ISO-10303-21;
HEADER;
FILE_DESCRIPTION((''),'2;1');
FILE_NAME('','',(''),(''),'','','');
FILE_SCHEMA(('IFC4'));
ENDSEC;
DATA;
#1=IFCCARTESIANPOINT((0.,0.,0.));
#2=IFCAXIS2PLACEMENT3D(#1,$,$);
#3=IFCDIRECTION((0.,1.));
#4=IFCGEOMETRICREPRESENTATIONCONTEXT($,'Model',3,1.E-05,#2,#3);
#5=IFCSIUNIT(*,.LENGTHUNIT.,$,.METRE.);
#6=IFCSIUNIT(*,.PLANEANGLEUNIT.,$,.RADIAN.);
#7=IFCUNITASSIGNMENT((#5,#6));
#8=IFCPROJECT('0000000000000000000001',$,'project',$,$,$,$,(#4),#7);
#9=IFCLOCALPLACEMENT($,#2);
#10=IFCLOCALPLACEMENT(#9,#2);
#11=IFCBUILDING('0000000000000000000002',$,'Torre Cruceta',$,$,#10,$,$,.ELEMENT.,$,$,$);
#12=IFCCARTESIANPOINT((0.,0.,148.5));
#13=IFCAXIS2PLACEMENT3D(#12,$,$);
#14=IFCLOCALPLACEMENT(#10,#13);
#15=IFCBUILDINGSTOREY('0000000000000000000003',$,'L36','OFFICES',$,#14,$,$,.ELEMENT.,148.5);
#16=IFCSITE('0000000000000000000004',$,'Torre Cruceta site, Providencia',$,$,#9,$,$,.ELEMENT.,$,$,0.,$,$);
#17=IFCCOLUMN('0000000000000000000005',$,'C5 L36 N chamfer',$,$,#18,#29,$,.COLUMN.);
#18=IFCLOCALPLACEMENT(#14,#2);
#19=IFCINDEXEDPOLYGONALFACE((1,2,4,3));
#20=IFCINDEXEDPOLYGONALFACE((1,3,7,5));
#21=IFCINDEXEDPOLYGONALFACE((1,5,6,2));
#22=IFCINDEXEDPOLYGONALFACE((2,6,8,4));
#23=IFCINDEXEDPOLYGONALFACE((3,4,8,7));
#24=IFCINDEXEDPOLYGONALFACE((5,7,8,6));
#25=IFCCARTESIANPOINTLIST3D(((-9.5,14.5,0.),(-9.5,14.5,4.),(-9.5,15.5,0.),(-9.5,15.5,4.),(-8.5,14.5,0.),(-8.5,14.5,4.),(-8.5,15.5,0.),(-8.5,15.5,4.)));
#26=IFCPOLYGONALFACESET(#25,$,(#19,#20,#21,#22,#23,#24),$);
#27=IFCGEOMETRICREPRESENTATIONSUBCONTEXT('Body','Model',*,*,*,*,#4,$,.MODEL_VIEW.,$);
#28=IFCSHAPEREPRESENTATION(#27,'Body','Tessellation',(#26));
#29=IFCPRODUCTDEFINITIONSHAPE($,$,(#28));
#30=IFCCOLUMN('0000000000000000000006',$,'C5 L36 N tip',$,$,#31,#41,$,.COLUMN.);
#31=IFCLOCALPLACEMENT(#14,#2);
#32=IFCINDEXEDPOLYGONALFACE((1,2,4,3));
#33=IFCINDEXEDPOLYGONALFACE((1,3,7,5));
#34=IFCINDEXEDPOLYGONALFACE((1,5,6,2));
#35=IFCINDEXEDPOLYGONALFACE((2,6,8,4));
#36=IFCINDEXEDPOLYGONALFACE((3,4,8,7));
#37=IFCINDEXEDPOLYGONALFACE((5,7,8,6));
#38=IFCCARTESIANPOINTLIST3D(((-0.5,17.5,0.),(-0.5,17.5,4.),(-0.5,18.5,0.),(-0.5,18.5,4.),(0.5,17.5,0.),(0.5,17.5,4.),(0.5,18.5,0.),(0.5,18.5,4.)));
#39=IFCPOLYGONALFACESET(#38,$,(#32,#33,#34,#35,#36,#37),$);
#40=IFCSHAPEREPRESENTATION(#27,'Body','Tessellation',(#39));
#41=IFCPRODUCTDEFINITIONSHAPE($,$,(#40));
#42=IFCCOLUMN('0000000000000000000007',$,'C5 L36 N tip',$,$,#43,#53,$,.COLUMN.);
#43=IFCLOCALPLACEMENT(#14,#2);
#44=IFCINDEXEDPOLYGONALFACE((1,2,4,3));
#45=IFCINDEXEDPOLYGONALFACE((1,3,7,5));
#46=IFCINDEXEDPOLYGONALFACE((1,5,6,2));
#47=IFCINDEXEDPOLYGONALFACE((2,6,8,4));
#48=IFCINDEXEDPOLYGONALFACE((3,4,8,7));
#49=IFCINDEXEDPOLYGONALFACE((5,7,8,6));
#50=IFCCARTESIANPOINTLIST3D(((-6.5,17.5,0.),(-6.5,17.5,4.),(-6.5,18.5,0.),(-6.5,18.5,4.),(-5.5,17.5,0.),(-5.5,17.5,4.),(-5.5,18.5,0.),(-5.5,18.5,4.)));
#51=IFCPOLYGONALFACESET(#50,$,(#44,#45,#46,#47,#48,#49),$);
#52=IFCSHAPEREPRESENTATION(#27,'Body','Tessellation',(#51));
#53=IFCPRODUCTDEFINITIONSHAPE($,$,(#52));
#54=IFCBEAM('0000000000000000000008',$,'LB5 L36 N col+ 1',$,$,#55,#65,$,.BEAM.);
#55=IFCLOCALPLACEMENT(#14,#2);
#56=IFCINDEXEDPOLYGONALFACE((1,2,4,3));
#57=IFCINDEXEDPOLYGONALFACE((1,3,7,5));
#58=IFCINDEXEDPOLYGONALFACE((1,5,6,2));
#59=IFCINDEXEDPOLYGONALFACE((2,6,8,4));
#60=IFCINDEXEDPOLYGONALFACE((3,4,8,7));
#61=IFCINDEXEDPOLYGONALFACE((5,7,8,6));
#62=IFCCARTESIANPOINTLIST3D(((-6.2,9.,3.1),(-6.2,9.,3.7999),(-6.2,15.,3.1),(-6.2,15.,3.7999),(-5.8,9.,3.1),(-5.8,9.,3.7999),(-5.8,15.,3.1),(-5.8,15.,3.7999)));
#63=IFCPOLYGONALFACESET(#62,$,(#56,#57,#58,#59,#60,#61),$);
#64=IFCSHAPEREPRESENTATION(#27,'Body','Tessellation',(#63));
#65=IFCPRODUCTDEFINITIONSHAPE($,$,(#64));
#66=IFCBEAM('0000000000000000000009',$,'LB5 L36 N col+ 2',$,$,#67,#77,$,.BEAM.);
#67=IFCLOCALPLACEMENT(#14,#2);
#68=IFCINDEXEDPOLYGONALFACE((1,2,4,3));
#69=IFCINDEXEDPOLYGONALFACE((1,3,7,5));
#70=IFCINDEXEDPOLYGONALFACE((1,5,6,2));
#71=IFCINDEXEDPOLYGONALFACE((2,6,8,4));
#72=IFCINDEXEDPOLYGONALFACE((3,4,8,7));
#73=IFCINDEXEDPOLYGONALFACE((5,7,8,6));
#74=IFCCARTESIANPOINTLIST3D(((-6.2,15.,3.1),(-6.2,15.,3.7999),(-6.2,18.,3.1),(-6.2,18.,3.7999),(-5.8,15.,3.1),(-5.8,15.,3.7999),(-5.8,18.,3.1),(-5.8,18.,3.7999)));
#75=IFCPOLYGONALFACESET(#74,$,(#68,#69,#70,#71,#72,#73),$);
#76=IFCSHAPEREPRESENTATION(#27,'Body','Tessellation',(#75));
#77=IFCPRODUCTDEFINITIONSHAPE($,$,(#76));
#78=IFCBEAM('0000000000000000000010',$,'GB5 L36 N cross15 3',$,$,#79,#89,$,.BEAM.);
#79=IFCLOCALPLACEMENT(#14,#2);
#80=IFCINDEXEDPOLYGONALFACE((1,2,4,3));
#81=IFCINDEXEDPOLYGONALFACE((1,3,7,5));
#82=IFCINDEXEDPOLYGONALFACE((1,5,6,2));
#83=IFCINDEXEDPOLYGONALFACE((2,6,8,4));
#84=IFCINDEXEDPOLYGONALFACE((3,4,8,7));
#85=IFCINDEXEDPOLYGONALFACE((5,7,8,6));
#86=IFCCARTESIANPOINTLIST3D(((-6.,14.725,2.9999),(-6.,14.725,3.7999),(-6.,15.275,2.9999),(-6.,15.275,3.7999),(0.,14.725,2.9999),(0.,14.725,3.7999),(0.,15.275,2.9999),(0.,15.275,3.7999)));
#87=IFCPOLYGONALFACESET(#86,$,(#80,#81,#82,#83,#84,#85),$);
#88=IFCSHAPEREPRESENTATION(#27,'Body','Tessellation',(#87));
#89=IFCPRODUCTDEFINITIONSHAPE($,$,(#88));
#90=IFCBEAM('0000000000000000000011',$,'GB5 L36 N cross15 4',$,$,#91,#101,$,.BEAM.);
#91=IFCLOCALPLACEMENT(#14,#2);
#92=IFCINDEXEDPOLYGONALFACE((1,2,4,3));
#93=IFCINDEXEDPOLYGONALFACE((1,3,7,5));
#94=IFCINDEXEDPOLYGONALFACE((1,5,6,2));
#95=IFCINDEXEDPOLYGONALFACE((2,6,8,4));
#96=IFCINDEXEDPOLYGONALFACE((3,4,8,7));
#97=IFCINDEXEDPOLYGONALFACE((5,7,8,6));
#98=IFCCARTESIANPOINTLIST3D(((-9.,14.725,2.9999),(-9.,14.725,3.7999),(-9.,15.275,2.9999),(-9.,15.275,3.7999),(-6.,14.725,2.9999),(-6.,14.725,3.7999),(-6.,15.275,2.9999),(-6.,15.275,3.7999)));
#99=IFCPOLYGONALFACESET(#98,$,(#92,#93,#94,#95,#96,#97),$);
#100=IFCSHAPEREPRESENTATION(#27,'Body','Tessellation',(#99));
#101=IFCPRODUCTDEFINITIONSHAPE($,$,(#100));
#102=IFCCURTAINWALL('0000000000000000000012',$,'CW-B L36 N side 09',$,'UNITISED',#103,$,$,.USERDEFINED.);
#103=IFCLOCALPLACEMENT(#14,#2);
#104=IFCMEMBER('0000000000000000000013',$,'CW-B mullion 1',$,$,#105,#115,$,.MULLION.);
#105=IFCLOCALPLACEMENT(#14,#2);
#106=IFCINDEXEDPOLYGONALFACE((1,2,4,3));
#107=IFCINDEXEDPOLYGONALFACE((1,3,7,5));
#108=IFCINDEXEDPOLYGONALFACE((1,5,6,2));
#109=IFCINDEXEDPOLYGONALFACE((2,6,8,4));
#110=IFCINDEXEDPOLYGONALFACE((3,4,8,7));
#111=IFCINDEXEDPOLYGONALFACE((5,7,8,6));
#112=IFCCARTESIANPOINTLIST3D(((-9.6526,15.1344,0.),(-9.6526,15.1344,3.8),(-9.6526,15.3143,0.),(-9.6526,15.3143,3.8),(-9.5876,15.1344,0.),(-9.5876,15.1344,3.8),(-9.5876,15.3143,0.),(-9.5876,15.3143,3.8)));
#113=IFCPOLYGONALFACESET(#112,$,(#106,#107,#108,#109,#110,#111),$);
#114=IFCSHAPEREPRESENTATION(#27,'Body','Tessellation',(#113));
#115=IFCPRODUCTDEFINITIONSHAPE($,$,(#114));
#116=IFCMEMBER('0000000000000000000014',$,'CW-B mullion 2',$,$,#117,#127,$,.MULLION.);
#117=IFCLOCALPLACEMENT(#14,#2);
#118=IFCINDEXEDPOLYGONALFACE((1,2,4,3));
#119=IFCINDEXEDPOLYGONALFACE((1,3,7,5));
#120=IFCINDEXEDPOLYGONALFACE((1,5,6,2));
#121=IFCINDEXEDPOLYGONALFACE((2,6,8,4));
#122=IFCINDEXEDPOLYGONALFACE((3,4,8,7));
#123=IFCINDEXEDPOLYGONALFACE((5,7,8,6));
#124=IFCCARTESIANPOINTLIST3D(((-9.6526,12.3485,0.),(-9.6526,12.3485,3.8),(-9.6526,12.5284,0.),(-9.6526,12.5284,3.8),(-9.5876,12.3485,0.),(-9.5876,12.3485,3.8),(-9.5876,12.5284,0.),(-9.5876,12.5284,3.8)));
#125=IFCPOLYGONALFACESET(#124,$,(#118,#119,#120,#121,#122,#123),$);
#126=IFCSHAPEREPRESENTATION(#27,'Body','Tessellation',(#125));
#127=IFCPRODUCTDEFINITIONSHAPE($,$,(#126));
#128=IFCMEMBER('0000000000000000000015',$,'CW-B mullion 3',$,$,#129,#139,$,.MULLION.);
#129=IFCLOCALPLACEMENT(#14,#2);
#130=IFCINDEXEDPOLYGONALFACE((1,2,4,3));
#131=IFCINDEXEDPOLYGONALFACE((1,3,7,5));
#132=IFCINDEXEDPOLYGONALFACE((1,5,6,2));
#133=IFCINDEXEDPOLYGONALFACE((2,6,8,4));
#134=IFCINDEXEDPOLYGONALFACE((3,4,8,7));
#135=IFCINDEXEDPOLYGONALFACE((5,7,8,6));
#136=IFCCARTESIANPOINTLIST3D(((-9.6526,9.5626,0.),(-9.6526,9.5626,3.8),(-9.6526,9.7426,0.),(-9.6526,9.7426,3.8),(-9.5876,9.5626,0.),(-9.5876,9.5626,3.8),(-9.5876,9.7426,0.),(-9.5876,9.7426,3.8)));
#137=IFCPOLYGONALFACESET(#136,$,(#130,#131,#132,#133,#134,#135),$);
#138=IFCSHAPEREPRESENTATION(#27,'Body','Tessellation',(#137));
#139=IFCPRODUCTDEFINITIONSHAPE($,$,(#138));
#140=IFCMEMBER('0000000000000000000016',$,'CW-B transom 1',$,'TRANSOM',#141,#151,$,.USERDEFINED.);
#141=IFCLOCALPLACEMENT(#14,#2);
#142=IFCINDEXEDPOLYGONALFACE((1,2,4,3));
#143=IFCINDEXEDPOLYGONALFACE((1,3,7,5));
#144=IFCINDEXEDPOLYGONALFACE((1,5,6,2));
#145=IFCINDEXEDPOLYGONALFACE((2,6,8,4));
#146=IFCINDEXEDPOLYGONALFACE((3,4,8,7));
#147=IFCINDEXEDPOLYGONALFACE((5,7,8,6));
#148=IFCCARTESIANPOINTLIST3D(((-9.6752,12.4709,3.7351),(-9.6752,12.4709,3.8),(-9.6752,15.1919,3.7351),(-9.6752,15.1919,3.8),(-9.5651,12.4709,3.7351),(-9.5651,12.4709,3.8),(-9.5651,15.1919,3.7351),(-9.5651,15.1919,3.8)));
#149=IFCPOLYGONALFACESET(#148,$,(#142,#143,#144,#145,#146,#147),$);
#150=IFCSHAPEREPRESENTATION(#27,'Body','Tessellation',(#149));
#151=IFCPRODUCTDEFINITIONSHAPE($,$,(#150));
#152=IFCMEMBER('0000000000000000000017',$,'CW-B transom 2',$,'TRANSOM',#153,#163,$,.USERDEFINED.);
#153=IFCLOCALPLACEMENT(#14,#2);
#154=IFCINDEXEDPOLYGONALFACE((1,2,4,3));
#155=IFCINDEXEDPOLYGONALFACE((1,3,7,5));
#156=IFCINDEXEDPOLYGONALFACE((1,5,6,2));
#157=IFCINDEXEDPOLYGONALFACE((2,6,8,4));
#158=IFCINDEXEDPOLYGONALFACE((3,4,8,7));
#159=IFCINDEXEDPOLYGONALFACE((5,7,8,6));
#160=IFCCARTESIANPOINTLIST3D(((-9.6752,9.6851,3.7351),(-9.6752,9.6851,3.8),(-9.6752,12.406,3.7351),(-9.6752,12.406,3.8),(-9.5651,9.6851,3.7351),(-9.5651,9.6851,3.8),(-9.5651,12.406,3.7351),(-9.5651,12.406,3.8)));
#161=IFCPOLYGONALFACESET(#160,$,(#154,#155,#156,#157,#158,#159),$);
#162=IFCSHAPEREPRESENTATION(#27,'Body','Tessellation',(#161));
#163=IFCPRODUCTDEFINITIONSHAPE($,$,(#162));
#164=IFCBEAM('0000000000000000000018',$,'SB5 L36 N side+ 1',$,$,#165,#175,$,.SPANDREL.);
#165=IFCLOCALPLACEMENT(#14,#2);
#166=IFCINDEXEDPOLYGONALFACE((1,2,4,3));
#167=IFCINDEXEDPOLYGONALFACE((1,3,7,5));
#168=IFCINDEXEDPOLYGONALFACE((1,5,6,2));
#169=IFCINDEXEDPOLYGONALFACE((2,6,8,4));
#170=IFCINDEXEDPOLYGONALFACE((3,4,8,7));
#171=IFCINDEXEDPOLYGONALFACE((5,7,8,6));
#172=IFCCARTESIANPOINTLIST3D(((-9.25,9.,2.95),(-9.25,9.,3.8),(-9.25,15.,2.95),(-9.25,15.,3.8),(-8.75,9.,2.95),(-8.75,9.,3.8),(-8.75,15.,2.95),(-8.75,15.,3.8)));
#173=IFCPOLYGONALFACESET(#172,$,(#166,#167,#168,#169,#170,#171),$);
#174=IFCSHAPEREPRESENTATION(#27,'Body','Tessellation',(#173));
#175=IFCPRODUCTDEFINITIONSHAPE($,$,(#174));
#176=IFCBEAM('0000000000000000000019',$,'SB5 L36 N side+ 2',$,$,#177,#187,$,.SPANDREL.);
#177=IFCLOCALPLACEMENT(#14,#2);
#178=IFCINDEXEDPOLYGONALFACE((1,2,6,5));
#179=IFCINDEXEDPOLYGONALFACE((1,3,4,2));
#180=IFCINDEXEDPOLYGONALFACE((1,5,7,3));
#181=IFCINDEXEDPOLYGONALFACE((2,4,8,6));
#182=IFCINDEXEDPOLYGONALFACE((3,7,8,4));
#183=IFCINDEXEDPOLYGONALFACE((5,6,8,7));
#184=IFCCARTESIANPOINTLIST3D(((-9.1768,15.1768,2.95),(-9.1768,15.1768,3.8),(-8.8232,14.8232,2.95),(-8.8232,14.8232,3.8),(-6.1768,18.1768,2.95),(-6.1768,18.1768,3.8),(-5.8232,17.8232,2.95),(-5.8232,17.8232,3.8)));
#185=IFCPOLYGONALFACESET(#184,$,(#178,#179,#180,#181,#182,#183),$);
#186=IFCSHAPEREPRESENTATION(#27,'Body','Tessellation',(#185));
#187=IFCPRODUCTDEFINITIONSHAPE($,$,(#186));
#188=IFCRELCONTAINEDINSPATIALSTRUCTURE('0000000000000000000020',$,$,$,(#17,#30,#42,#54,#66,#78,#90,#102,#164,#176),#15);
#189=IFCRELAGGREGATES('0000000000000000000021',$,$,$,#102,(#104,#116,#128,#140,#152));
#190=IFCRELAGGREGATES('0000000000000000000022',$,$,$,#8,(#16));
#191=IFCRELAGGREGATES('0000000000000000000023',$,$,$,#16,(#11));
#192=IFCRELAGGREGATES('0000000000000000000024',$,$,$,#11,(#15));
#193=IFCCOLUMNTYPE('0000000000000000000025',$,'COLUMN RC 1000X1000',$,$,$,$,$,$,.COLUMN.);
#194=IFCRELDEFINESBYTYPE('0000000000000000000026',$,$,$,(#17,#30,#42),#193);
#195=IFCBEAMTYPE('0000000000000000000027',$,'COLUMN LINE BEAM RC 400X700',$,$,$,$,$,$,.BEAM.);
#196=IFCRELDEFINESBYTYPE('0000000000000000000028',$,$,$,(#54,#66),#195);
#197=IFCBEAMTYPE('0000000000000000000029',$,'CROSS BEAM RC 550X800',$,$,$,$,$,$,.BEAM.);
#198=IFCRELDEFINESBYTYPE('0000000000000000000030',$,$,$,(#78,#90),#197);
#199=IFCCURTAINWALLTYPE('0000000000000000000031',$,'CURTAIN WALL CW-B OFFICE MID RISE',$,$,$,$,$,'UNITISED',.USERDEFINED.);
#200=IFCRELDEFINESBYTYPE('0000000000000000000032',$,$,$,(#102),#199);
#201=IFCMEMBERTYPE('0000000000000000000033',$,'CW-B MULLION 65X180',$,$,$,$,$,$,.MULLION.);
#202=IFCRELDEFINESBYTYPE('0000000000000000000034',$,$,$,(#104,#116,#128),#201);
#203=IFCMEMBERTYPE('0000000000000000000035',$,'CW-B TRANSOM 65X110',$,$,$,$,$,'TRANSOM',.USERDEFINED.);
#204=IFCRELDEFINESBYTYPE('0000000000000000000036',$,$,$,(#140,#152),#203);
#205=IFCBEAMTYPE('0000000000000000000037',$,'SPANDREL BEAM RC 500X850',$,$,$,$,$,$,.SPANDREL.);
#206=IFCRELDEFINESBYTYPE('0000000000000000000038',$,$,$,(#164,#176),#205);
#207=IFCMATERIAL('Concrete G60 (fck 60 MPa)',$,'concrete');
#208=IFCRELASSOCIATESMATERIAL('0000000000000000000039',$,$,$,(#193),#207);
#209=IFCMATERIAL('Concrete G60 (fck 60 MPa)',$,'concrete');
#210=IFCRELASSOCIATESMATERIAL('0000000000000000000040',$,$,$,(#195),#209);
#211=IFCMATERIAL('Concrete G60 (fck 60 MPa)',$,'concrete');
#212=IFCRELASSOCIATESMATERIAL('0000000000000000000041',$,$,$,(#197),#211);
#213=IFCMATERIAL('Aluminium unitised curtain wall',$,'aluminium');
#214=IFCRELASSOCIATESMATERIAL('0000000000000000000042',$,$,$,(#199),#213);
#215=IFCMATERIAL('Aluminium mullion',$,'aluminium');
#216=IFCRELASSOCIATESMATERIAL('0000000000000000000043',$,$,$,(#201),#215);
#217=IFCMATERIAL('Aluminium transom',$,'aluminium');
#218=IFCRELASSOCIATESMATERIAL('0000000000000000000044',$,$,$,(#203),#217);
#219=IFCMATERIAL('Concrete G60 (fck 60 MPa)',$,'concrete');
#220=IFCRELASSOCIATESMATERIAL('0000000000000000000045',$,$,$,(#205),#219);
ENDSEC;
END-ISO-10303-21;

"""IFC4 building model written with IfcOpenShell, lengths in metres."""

from ifc_helpers import new_model, si_unit, direction, frame, origin, origin_2d, place, context, subcontext, project, spatial, rectangle, extrude, material, material_profile, profile_set, type_object, element, aggregate, save


model = new_model("IFC4")

# Units and contexts
model_context = context("Model", 3, precision=1e-05, world=origin(), true_north=direction((0.0, 1.0)))
body_context = subcontext(model_context, "Body", "Model", "MODEL_VIEW")
ifc_project = project(units=[si_unit("LENGTHUNIT", "METRE"), si_unit("PLANEANGLEUNIT", "RADIAN")], contexts=[model_context])

# Site, building, storey
site_placement = place(None, origin())
site = spatial("IfcSite", under=ifc_project, at=site_placement, Name="Torre Cruceta site, Providencia", CompositionType="ELEMENT", RefElevation=0.0)
building_placement = place(site_placement, origin())
building = spatial("IfcBuilding", under=site, at=building_placement, Name="Torre Cruceta", CompositionType="ELEMENT")
storey_placement = place(building_placement, frame((0.0, 0.0, 148.5)))
storey = spatial("IfcBuildingStorey", under=building, at=storey_placement, Name="L36", Description="OFFICES", CompositionType="ELEMENT", Elevation=148.5)

# Columns
ifc_material_1 = material(Name="Concrete G60 (fck 60 MPa)", Category="concrete")
ifc_material_profile_1 = material_profile(ifc_material_1, rectangle(XDim=1.0, YDim=1.0, at=origin_2d()), Name="RC 1000X1000")
ifc_profile_set_1 = profile_set([ifc_material_profile_1], Name="Concrete G60 (fck 60 MPa)")
column_type = type_object("IfcColumnType", Name="COLUMN RC 1000X1000", PredefinedType="COLUMN", material=ifc_profile_set_1)
for number, where, z_axis, x_axis, name in (
    (1, (-9.0, 15.0, 0.0), (0.0, 0.0, 1.0), (1.0, 0.0, 0.0), "C5 L36 N chamfer"),
    (2, (0.0, 18.0, 0.0), (0.0, 0.0, 1.0), (1.0, 0.0, 0.0), "C5 L36 N tip"),
    (3, (-6.0, 18.0, 0.0), (0.0, 0.0, 1.0), (1.0, 0.0, 0.0), "C5 L36 N tip"),
):
    element("IfcColumn", number, at=place(storey_placement, frame(where, z_axis=z_axis, x_axis=x_axis)), inside=storey, type_object=column_type, Name=name, PredefinedType="COLUMN", context=body_context, shape_type="SweptSolid", body=[
        extrude(rectangle(XDim=1.0, YDim=1.0, at=origin_2d()), origin(), (0.0, 0.0, 1.0), 4.0),
    ])

# Beams
ifc_material_2 = material(Name="Concrete G60 (fck 60 MPa)", Category="concrete")
ifc_material_profile_2 = material_profile(ifc_material_2, rectangle(XDim=0.3999, YDim=0.7, at=origin_2d()), Name="RC 400X700")
ifc_profile_set_2 = profile_set([ifc_material_profile_2], Name="Concrete G60 (fck 60 MPa)")
beam_type_1 = type_object("IfcBeamType", Name="COLUMN LINE BEAM RC 400X700", PredefinedType="BEAM", material=ifc_profile_set_2)
beam_1_placement = place(storey_placement, frame((-6.0, 9.0, 3.45), z_axis=(0.0, 1.0, 0.0), x_axis=(-1.0, 0.0, 0.0)))
element("IfcBeam", 4, at=beam_1_placement, inside=storey, type_object=beam_type_1, Name="LB5 L36 N col+ 1", PredefinedType="BEAM", context=body_context, shape_type="SweptSolid", body=[
    extrude(rectangle(XDim=0.3999, YDim=0.7, at=origin_2d()), origin(), (0.0, 0.0, 1.0), 6.0),
])
beam_2_placement = place(storey_placement, frame((-6.0, 15.0, 3.45), z_axis=(0.0, 1.0, 0.0), x_axis=(-1.0, 0.0, 0.0)))
element("IfcBeam", 5, at=beam_2_placement, inside=storey, type_object=beam_type_1, Name="LB5 L36 N col+ 2", PredefinedType="BEAM", context=body_context, shape_type="SweptSolid", body=[
    extrude(rectangle(XDim=0.3999, YDim=0.7, at=origin_2d()), origin(), (0.0, 0.0, 1.0), 3.0),
])
ifc_material_3 = material(Name="Concrete G60 (fck 60 MPa)", Category="concrete")
ifc_material_profile_3 = material_profile(ifc_material_3, rectangle(XDim=0.55, YDim=0.8, at=origin_2d()), Name="RC 550X800")
ifc_profile_set_3 = profile_set([ifc_material_profile_3], Name="Concrete G60 (fck 60 MPa)")
beam_type_2 = type_object("IfcBeamType", Name="CROSS BEAM RC 550X800", PredefinedType="BEAM", material=ifc_profile_set_3)
beam_3_placement = place(storey_placement, frame((0.0, 15.0, 3.3999), z_axis=(-1.0, 0.0, 0.0), x_axis=(0.0, -1.0, 0.0)))
element("IfcBeam", 6, at=beam_3_placement, inside=storey, type_object=beam_type_2, Name="GB5 L36 N cross15 3", PredefinedType="BEAM", context=body_context, shape_type="SweptSolid", body=[
    extrude(rectangle(XDim=0.55, YDim=0.8, at=origin_2d()), origin(), (0.0, 0.0, 1.0), 6.0),
])
beam_4_placement = place(storey_placement, frame((-6.0, 15.0, 3.3999), z_axis=(-1.0, 0.0, 0.0), x_axis=(0.0, -1.0, 0.0)))
element("IfcBeam", 7, at=beam_4_placement, inside=storey, type_object=beam_type_2, Name="GB5 L36 N cross15 4", PredefinedType="BEAM", context=body_context, shape_type="SweptSolid", body=[
    extrude(rectangle(XDim=0.55, YDim=0.8, at=origin_2d()), origin(), (0.0, 0.0, 1.0), 3.0),
])

# Curtain wall, members
ifc_material_4 = material(Name="Aluminium unitised curtain wall", Category="aluminium")
curtain_wall_type = type_object("IfcCurtainWallType", Name="CURTAIN WALL CW-B OFFICE MID RISE", ElementType="UNITISED", PredefinedType="USERDEFINED", material=ifc_material_4)
curtain_wall_placement = place(storey_placement, origin())
curtain_wall = element("IfcCurtainWall", 8, at=curtain_wall_placement, inside=storey, type_object=curtain_wall_type, Name="CW-B L36 N side 09", ObjectType="UNITISED", PredefinedType="USERDEFINED")
ifc_material_5 = material(Name="Aluminium mullion", Category="aluminium")
ifc_material_profile_4 = material_profile(ifc_material_5, rectangle(XDim=0.0649, YDim=0.1799, at=origin_2d()), Name="AL 65X180")
ifc_profile_set_4 = profile_set([ifc_material_profile_4], Name="Aluminium mullion")
member_type_1 = type_object("IfcMemberType", Name="CW-B MULLION 65X180", PredefinedType="MULLION", material=ifc_profile_set_4)
member_1_placement = place(storey_placement, frame((-9.6201, 15.2244, 0.0), z_axis=(0.0, 0.0, 1.0), x_axis=(1.0, 0.0, 0.0)))
member_1 = element("IfcMember", 9, at=member_1_placement, type_object=member_type_1, Name="CW-B mullion 1", PredefinedType="MULLION", context=body_context, shape_type="SweptSolid", body=[
    extrude(rectangle(XDim=0.0649, YDim=0.1799, at=origin_2d()), origin(), (0.0, 0.0, 1.0), 3.8),
])
member_2_placement = place(storey_placement, frame((-9.6201, 12.4385, 0.0), z_axis=(0.0, 0.0, 1.0), x_axis=(1.0, 0.0, 0.0)))
member_2 = element("IfcMember", 10, at=member_2_placement, type_object=member_type_1, Name="CW-B mullion 2", PredefinedType="MULLION", context=body_context, shape_type="SweptSolid", body=[
    extrude(rectangle(XDim=0.0649, YDim=0.1799, at=origin_2d()), origin(), (0.0, 0.0, 1.0), 3.8),
])
member_3_placement = place(storey_placement, frame((-9.6201, 9.6526, 0.0), z_axis=(0.0, 0.0, 1.0), x_axis=(1.0, 0.0, 0.0)))
member_3 = element("IfcMember", 11, at=member_3_placement, type_object=member_type_1, Name="CW-B mullion 3", PredefinedType="MULLION", context=body_context, shape_type="SweptSolid", body=[
    extrude(rectangle(XDim=0.0649, YDim=0.1799, at=origin_2d()), origin(), (0.0, 0.0, 1.0), 3.8),
])
ifc_material_6 = material(Name="Aluminium transom", Category="aluminium")
ifc_material_profile_5 = material_profile(ifc_material_6, rectangle(XDim=0.1101, YDim=0.0649, at=origin_2d()), Name="AL 110X65")
ifc_profile_set_5 = profile_set([ifc_material_profile_5], Name="Aluminium transom")
member_type_2 = type_object("IfcMemberType", Name="CW-B TRANSOM 65X110", ElementType="TRANSOM", PredefinedType="USERDEFINED", material=ifc_profile_set_5)
member_4_placement = place(storey_placement, frame((-9.6201, 15.1919, 3.7676), z_axis=(0.0, -1.0, 0.0), x_axis=(1.0, 0.0, 0.0)))
member_4 = element("IfcMember", 12, at=member_4_placement, type_object=member_type_2, Name="CW-B transom 1", ObjectType="TRANSOM", PredefinedType="USERDEFINED", context=body_context, shape_type="SweptSolid", body=[
    extrude(rectangle(XDim=0.1101, YDim=0.0649, at=origin_2d()), origin(), (0.0, 0.0, 1.0), 2.7209),
])
member_5_placement = place(storey_placement, frame((-9.6201, 12.406, 3.7676), z_axis=(0.0, -1.0, 0.0), x_axis=(1.0, 0.0, 0.0)))
member_5 = element("IfcMember", 13, at=member_5_placement, type_object=member_type_2, Name="CW-B transom 2", ObjectType="TRANSOM", PredefinedType="USERDEFINED", context=body_context, shape_type="SweptSolid", body=[
    extrude(rectangle(XDim=0.1101, YDim=0.0649, at=origin_2d()), origin(), (0.0, 0.0, 1.0), 2.7209),
])

# Beams
ifc_material_7 = material(Name="Concrete G60 (fck 60 MPa)", Category="concrete")
ifc_material_profile_6 = material_profile(ifc_material_7, rectangle(XDim=0.5, YDim=0.8501, at=origin_2d()), Name="RC 500X850")
ifc_profile_set_6 = profile_set([ifc_material_profile_6], Name="Concrete G60 (fck 60 MPa)")
beam_type_3 = type_object("IfcBeamType", Name="SPANDREL BEAM RC 500X850", PredefinedType="SPANDREL", material=ifc_profile_set_6)
beam_5_placement = place(storey_placement, frame((-9.0, 9.0, 3.375), z_axis=(0.0, 1.0, 0.0), x_axis=(-1.0, 0.0, 0.0)))
element("IfcBeam", 14, at=beam_5_placement, inside=storey, type_object=beam_type_3, Name="SB5 L36 N side+ 1", PredefinedType="SPANDREL", context=body_context, shape_type="SweptSolid", body=[
    extrude(rectangle(XDim=0.5, YDim=0.8501, at=origin_2d()), origin(), (0.0, 0.0, 1.0), 6.0),
])
beam_6_placement = place(storey_placement, frame((-9.0, 15.0, 3.375), z_axis=(0.707107, 0.707107, 0.0), x_axis=(-0.707107, 0.707107, 0.0)))
element("IfcBeam", 15, at=beam_6_placement, inside=storey, type_object=beam_type_3, Name="SB5 L36 N side+ 2", PredefinedType="SPANDREL", context=body_context, shape_type="SweptSolid", body=[
    extrude(rectangle(XDim=0.5, YDim=0.8501, at=origin_2d()), origin(), (0.0, 0.0, 1.0), 4.2427),
])

aggregate(curtain_wall, [member_1, member_2, member_3, member_4, member_5])

save(model, "model.ifc")
